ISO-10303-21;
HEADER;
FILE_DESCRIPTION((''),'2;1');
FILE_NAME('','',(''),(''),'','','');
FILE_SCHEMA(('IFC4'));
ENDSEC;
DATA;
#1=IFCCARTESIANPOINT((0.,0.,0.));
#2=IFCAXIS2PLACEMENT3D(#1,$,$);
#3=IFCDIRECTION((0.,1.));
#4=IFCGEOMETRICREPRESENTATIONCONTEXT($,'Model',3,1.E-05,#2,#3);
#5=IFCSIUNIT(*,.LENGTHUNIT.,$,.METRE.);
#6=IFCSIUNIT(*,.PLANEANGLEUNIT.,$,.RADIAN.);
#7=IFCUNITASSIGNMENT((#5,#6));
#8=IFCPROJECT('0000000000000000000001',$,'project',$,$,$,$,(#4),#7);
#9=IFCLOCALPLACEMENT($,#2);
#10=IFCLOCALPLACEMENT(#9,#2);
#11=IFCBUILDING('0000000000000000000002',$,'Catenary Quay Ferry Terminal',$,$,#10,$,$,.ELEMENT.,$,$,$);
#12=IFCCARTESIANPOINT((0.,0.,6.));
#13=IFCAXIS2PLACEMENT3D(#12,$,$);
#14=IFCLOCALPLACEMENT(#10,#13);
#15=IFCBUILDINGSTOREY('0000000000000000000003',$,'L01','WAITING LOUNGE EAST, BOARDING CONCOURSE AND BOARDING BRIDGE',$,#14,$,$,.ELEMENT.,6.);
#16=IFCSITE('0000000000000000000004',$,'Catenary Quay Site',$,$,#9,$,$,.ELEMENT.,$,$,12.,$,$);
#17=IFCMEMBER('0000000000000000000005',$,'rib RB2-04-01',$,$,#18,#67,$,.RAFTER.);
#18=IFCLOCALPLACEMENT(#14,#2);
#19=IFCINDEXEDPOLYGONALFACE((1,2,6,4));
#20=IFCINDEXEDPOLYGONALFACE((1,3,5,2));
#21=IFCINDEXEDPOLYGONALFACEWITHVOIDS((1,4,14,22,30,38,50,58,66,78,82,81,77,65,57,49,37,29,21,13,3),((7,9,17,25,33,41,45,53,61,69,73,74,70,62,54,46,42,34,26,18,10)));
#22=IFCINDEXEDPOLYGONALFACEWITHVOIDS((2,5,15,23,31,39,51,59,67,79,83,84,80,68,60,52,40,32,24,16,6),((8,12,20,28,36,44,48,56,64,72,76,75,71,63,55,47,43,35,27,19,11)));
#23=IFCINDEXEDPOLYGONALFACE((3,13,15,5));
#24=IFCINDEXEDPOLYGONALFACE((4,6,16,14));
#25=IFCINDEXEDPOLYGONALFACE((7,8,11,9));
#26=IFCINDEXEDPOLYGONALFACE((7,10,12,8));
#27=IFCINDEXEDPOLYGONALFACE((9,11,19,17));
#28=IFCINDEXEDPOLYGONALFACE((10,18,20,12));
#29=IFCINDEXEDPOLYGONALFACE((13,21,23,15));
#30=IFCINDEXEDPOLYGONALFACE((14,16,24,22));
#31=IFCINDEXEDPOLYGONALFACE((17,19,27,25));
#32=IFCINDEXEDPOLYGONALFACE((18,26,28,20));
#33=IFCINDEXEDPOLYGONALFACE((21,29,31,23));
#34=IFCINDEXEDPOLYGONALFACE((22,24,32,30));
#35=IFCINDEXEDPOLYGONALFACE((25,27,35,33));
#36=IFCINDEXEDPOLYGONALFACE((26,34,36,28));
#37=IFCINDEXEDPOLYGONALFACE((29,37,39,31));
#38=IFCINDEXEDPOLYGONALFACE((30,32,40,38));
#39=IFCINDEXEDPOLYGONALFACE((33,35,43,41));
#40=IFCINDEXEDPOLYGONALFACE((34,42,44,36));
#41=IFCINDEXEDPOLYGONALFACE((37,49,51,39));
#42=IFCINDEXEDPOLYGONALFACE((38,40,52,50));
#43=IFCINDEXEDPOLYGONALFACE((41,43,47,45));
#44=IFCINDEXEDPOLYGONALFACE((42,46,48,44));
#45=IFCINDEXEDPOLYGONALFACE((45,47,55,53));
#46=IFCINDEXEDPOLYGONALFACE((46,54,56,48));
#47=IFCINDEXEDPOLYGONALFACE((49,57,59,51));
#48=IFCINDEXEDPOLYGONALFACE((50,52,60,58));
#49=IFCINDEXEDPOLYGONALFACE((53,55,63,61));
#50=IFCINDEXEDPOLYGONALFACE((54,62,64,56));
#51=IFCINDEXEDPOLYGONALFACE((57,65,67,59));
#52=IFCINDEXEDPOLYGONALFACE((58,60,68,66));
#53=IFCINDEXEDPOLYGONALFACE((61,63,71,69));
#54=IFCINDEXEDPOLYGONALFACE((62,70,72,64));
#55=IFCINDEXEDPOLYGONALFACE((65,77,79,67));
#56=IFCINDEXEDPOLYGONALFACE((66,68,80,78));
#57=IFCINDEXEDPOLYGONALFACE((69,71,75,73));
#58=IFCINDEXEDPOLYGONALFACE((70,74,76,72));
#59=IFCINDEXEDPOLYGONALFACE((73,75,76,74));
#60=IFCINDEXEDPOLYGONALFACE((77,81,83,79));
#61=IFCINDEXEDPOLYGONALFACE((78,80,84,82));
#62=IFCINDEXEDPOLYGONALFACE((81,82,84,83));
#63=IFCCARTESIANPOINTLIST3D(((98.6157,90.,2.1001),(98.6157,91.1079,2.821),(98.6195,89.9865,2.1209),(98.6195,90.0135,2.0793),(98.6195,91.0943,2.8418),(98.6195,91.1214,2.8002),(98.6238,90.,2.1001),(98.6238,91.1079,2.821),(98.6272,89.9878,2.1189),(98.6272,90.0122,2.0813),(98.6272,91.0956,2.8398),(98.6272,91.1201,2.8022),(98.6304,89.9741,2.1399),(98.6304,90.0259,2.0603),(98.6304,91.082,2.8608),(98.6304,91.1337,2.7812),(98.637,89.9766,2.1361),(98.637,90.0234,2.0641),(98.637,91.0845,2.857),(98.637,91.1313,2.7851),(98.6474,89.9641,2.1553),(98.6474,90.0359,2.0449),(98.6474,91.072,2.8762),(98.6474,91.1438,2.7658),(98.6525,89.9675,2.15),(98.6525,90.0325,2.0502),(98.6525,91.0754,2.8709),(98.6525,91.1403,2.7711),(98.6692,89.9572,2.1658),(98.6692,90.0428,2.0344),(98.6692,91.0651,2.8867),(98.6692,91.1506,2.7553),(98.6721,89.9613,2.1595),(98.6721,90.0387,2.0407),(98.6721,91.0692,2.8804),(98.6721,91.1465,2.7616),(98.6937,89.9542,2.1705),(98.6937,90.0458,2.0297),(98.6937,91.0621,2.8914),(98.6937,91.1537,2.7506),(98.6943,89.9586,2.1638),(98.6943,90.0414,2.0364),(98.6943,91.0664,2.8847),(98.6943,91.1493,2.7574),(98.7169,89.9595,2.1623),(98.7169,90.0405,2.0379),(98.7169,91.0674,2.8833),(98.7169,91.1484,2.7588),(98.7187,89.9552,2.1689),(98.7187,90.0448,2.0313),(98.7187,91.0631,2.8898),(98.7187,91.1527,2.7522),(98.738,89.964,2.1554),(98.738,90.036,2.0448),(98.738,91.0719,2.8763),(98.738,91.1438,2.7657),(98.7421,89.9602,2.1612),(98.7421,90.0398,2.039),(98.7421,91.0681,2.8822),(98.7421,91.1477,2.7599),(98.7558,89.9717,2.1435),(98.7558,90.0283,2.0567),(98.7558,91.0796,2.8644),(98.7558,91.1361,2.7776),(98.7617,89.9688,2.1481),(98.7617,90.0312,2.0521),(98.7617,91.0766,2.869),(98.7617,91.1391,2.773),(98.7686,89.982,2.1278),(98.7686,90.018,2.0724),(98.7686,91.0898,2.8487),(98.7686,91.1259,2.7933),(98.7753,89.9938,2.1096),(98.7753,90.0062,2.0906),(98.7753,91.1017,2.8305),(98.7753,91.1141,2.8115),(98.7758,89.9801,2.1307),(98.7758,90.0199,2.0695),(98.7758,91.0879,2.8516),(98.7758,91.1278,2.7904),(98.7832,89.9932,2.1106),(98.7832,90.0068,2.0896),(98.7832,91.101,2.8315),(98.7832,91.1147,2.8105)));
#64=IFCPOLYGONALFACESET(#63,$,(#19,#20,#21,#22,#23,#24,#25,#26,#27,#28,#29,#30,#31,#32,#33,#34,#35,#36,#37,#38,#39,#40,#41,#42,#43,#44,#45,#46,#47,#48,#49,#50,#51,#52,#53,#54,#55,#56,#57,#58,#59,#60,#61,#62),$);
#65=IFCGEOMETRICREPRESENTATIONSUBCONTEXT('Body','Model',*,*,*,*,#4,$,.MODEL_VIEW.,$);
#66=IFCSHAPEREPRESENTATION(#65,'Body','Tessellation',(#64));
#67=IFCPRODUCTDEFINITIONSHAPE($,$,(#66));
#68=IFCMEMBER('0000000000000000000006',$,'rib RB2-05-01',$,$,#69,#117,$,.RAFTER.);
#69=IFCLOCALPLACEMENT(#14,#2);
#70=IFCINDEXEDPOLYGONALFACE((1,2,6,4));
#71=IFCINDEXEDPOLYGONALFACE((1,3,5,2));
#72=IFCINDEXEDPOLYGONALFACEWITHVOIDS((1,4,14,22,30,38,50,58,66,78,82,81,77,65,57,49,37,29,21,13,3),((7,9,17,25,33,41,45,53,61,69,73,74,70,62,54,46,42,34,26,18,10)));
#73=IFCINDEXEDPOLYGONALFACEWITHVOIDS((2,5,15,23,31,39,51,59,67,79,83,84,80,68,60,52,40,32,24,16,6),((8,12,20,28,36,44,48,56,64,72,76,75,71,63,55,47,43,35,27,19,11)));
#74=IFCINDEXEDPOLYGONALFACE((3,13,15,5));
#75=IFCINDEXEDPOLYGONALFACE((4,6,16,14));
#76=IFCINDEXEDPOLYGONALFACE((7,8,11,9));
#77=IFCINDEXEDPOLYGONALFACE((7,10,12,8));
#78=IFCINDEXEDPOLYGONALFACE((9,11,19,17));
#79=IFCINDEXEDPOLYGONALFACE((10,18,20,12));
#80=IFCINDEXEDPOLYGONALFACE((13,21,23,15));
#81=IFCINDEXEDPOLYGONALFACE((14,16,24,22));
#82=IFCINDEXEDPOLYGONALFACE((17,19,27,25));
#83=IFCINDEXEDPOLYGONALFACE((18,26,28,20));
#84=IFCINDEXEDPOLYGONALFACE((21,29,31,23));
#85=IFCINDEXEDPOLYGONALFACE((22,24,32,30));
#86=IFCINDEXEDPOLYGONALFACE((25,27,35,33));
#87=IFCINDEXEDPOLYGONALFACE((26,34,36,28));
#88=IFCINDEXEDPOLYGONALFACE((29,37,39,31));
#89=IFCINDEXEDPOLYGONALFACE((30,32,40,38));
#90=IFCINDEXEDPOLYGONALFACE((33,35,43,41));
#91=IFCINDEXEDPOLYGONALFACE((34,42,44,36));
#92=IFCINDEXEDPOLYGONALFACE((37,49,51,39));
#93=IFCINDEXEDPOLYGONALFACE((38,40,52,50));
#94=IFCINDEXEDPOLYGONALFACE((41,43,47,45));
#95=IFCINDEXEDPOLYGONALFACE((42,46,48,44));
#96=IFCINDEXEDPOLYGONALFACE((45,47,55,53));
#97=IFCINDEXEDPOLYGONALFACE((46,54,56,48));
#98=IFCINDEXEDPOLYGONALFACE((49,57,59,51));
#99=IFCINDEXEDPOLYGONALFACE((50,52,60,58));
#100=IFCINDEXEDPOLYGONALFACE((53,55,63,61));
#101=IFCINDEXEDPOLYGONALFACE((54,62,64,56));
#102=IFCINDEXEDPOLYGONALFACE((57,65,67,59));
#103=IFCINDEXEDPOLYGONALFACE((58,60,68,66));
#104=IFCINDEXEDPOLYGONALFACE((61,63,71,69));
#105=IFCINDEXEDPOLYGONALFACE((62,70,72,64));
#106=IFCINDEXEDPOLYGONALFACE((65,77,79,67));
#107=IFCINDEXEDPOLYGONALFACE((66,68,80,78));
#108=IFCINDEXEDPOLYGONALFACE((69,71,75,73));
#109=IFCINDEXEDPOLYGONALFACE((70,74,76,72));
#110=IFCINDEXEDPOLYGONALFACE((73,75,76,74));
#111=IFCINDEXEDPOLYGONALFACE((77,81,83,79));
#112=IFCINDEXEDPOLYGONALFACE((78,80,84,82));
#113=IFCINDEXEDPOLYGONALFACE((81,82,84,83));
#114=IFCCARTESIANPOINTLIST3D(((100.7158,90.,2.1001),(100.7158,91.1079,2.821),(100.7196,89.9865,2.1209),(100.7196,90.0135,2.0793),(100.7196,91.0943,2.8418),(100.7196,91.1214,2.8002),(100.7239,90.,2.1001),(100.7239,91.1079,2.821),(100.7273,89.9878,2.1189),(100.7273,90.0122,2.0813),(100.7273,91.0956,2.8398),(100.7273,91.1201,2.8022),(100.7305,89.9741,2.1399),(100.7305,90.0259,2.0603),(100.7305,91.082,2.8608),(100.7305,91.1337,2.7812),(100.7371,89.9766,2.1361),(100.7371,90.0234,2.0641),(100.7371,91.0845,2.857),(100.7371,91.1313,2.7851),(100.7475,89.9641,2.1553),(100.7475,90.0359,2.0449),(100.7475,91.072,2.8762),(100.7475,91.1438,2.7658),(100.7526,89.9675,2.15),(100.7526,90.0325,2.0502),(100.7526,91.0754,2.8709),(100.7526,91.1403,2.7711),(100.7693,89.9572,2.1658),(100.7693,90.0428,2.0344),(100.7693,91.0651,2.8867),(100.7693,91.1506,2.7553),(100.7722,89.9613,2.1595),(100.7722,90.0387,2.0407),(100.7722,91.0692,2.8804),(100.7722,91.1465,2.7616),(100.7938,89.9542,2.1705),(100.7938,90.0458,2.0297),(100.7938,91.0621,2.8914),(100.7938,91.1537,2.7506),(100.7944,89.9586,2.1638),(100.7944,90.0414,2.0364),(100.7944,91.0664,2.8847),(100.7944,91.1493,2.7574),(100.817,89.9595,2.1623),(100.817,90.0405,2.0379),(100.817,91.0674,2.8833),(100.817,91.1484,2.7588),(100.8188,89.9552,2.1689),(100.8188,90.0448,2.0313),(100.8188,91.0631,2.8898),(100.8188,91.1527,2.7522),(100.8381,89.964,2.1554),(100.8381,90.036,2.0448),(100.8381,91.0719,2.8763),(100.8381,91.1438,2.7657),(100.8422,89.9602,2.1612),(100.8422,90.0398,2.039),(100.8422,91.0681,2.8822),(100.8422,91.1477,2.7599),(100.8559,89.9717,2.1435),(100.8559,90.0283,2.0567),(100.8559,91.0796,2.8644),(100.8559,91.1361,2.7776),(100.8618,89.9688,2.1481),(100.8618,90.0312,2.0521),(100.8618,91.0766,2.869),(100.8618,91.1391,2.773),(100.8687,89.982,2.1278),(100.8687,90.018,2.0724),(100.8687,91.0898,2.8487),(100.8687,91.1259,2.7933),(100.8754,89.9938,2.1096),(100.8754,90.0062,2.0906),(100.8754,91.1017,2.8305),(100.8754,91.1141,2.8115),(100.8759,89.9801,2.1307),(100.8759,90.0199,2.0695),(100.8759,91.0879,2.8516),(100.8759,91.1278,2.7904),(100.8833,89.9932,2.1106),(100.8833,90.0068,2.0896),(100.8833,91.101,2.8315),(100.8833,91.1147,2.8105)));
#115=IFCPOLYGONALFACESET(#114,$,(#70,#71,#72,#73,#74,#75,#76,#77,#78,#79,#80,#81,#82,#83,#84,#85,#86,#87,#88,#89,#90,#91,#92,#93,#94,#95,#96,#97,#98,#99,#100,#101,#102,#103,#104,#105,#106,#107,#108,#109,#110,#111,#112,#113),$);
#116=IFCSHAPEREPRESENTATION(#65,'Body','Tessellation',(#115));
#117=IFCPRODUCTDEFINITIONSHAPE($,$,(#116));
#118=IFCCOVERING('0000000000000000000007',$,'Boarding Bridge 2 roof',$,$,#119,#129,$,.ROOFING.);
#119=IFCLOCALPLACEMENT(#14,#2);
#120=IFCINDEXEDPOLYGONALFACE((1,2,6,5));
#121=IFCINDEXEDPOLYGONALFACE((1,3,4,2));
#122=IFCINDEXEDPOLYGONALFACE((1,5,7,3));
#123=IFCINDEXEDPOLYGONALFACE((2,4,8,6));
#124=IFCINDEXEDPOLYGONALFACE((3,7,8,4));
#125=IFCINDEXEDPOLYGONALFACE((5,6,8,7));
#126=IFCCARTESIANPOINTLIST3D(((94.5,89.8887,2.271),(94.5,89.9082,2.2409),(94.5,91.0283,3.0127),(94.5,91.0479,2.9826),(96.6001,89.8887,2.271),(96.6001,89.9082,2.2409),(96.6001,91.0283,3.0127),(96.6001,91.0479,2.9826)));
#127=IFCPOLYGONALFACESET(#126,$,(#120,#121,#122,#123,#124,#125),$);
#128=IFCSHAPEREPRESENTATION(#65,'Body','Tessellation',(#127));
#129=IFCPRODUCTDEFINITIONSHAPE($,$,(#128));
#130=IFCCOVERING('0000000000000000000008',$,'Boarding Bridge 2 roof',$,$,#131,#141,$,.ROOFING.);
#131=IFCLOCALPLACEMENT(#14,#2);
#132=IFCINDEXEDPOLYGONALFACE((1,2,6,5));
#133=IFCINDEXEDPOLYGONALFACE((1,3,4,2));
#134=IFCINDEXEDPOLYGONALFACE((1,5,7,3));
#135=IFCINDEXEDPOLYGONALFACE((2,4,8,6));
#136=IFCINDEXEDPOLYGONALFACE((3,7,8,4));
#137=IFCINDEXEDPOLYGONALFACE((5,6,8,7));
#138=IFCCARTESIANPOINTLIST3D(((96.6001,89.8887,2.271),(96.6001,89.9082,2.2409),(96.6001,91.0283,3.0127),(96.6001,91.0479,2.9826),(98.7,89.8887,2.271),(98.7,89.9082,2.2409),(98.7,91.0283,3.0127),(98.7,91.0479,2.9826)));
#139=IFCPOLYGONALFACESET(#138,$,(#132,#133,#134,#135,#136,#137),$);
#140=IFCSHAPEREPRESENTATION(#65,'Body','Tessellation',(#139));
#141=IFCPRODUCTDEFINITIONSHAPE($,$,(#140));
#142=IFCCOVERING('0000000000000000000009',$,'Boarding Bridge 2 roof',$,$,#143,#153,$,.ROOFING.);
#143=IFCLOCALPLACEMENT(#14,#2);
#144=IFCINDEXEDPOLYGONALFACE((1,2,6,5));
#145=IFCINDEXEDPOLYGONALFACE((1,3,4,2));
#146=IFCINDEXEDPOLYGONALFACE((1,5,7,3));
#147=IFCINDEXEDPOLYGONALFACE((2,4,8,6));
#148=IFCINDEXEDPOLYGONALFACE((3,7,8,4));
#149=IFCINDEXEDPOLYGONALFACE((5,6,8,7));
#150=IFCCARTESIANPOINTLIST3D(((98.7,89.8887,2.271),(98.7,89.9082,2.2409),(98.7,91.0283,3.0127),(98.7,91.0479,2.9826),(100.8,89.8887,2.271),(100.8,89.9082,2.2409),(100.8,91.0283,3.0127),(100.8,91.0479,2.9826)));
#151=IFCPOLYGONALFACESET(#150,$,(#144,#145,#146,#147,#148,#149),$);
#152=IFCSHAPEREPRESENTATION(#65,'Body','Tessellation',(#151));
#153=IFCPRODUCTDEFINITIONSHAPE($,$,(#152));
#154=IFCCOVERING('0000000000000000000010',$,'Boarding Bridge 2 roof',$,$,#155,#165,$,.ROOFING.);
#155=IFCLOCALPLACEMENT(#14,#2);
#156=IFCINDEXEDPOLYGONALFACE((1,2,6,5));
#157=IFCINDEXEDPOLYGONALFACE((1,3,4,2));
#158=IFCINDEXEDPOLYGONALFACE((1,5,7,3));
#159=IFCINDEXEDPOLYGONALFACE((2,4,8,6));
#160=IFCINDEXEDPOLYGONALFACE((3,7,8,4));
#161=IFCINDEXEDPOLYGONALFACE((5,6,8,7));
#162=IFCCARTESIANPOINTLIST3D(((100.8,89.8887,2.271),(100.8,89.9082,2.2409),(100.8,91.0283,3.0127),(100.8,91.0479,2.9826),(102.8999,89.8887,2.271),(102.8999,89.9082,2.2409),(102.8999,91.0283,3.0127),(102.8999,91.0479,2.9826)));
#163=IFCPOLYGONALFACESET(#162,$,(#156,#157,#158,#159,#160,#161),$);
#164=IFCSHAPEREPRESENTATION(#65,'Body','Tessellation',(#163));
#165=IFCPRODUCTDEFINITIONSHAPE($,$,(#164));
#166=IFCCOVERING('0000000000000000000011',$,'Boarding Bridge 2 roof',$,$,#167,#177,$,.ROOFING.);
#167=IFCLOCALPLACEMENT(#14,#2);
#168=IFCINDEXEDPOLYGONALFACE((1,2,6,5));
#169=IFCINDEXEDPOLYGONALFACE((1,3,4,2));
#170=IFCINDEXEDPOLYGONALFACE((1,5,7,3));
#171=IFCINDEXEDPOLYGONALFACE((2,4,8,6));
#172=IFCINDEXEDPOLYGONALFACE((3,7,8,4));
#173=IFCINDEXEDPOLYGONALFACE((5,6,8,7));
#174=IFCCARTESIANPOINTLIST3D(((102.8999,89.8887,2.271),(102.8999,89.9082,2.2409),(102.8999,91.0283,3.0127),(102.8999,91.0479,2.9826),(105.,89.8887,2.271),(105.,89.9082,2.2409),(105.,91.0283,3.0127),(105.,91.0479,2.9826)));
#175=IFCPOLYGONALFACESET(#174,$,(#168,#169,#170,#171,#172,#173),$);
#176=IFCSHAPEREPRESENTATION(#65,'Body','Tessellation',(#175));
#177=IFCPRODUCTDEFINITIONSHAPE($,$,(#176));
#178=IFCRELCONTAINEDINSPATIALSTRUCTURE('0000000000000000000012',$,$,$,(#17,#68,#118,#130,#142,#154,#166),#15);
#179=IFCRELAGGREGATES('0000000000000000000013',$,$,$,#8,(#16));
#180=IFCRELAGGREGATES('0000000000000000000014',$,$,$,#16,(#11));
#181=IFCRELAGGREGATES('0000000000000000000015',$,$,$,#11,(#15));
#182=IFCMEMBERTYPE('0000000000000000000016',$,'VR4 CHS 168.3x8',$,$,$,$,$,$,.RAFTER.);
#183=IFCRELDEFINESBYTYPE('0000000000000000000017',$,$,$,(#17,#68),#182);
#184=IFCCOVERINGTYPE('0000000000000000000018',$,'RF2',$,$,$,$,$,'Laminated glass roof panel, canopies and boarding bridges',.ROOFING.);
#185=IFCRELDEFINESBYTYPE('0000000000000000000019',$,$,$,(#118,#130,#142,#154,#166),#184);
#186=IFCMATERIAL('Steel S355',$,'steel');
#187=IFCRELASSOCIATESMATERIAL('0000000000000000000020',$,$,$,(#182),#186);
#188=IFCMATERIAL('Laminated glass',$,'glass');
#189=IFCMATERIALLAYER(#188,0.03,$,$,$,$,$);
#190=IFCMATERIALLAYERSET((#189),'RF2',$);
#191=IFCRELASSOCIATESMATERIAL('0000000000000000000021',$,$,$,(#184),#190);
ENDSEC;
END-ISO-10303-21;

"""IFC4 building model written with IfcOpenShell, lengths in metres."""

from ifc_helpers import new_model, si_unit, direction, frame, origin, origin_2d, place, context, subcontext, project, spatial, polyline, hollow_circle, outline, extrude, material, layer, layer_set, material_profile, profile_set, type_object, element, save


model = new_model("IFC4")

# Units and contexts
model_context = context("Model", 3, precision=1e-05, world=origin(), true_north=direction((0.0, 1.0)))
body_context = subcontext(model_context, "Body", "Model", "MODEL_VIEW")
ifc_project = project(units=[si_unit("LENGTHUNIT", "METRE"), si_unit("PLANEANGLEUNIT", "RADIAN")], contexts=[model_context])

# Site, building, storey
site_placement = place(None, origin())
site = spatial("IfcSite", under=ifc_project, at=site_placement, Name="Catenary Quay Site", CompositionType="ELEMENT", RefElevation=12.0)
building_placement = place(site_placement, origin())
building = spatial("IfcBuilding", under=site, at=building_placement, Name="Catenary Quay Ferry Terminal", CompositionType="ELEMENT")
storey_placement = place(building_placement, frame((0.0, 0.0, 6.0)))
storey = spatial("IfcBuildingStorey", under=building, at=storey_placement, Name="L01", Description="WAITING LOUNGE EAST, BOARDING CONCOURSE AND BOARDING BRIDGE", CompositionType="ELEMENT", Elevation=6.0)

# Members
ifc_material_1 = material(Name="Steel S355", Category="steel")
ifc_material_profile_1 = material_profile(ifc_material_1, hollow_circle(Radius=0.0842, WallThickness=0.0081, at=origin_2d()), Name="CHS 168.3x8")
ifc_profile_set_1 = profile_set([ifc_material_profile_1], Name="Steel S355")
member_type_1 = type_object("IfcMemberType", Name="VR4 CHS 168.3x8", PredefinedType="RAFTER", material=ifc_profile_set_1)
for number, where, z_axis, x_axis, name in (
    (1, (98.7, 90.0, 2.1001), (0.0, 0.838165, 0.545417), (-1.0, 0.0, 0.0), "rib RB2-04-01"),
    (2, (100.8, 90.0, 2.1001), (0.0, 0.838165, 0.545417), (-1.0, 0.0, 0.0), "rib RB2-05-01"),
):
    element("IfcMember", number, at=place(storey_placement, frame(where, z_axis=z_axis, x_axis=x_axis)), inside=storey, type_object=member_type_1, Name=name, PredefinedType="RAFTER", context=body_context, shape_type="SweptSolid", body=[
        extrude(hollow_circle(Radius=0.0842, WallThickness=0.0081, at=origin_2d()), origin(), (0.0, 0.0, 1.0), 1.3218),
    ])

# Coverings
ifc_material_2 = material(Name="Laminated glass", Category="glass")
ifc_layer = layer(ifc_material_2, 0.03)
ifc_layer_set = layer_set([ifc_layer], Name="RF2")
covering_type = type_object("IfcCoveringType", Name="RF2", ElementType="Laminated glass roof panel, canopies and boarding bridges", PredefinedType="ROOFING", material=ifc_layer_set)
covering_1_placement = place(storey_placement, frame((94.5, 89.8887, 2.271), z_axis=(0.0, -0.545468, 0.838132), x_axis=(1.0, 0.0, 0.0)))
element("IfcCovering", 3, at=covering_1_placement, inside=storey, type_object=covering_type, Name="Boarding Bridge 2 roof", PredefinedType="ROOFING", context=body_context, shape_type="SweptSolid", body=[
    extrude(outline(polyline([(0.0, 0.0), (2.1001, 0.0), (2.1001, 1.3597), (0.0, 1.3597), (0.0, 0.0)])), origin(), (0.0, 0.0, -1.0), 0.0359),
])
covering_2_placement = place(storey_placement, frame((96.6001, 89.8887, 2.271), z_axis=(0.0, -0.545468, 0.838132), x_axis=(1.0, 0.0, 0.0)))
element("IfcCovering", 4, at=covering_2_placement, inside=storey, type_object=covering_type, Name="Boarding Bridge 2 roof", PredefinedType="ROOFING", context=body_context, shape_type="SweptSolid", body=[
    extrude(outline(polyline([(0.0, 0.0), (2.0999, 0.0), (2.0999, 1.3597), (0.0, 1.3597), (0.0, 0.0)])), origin(), (0.0, 0.0, -1.0), 0.0359),
])
covering_3_placement = place(storey_placement, frame((98.7, 89.8887, 2.271), z_axis=(0.0, -0.545468, 0.838132), x_axis=(1.0, 0.0, 0.0)))
element("IfcCovering", 5, at=covering_3_placement, inside=storey, type_object=covering_type, Name="Boarding Bridge 2 roof", PredefinedType="ROOFING", context=body_context, shape_type="SweptSolid", body=[
    extrude(outline(polyline([(0.0, 0.0), (2.1001, 0.0), (2.1001, 1.3597), (0.0, 1.3597), (0.0, 0.0)])), origin(), (0.0, 0.0, -1.0), 0.0359),
])
covering_4_placement = place(storey_placement, frame((100.8, 89.8887, 2.271), z_axis=(0.0, -0.545468, 0.838132), x_axis=(1.0, 0.0, 0.0)))
element("IfcCovering", 6, at=covering_4_placement, inside=storey, type_object=covering_type, Name="Boarding Bridge 2 roof", PredefinedType="ROOFING", context=body_context, shape_type="SweptSolid", body=[
    extrude(outline(polyline([(0.0, 0.0), (2.0999, 0.0), (2.0999, 1.3597), (0.0, 1.3597), (0.0, 0.0)])), origin(), (0.0, 0.0, -1.0), 0.0359),
])
covering_5_placement = place(storey_placement, frame((102.8999, 89.8887, 2.271), z_axis=(0.0, -0.545468, 0.838132), x_axis=(1.0, 0.0, 0.0)))
element("IfcCovering", 7, at=covering_5_placement, inside=storey, type_object=covering_type, Name="Boarding Bridge 2 roof", PredefinedType="ROOFING", context=body_context, shape_type="SweptSolid", body=[
    extrude(outline(polyline([(0.0, 0.0), (2.1001, 0.0), (2.1001, 1.3597), (0.0, 1.3597), (0.0, 0.0)])), origin(), (0.0, 0.0, -1.0), 0.0359),
])

save(model, "model.ifc")
